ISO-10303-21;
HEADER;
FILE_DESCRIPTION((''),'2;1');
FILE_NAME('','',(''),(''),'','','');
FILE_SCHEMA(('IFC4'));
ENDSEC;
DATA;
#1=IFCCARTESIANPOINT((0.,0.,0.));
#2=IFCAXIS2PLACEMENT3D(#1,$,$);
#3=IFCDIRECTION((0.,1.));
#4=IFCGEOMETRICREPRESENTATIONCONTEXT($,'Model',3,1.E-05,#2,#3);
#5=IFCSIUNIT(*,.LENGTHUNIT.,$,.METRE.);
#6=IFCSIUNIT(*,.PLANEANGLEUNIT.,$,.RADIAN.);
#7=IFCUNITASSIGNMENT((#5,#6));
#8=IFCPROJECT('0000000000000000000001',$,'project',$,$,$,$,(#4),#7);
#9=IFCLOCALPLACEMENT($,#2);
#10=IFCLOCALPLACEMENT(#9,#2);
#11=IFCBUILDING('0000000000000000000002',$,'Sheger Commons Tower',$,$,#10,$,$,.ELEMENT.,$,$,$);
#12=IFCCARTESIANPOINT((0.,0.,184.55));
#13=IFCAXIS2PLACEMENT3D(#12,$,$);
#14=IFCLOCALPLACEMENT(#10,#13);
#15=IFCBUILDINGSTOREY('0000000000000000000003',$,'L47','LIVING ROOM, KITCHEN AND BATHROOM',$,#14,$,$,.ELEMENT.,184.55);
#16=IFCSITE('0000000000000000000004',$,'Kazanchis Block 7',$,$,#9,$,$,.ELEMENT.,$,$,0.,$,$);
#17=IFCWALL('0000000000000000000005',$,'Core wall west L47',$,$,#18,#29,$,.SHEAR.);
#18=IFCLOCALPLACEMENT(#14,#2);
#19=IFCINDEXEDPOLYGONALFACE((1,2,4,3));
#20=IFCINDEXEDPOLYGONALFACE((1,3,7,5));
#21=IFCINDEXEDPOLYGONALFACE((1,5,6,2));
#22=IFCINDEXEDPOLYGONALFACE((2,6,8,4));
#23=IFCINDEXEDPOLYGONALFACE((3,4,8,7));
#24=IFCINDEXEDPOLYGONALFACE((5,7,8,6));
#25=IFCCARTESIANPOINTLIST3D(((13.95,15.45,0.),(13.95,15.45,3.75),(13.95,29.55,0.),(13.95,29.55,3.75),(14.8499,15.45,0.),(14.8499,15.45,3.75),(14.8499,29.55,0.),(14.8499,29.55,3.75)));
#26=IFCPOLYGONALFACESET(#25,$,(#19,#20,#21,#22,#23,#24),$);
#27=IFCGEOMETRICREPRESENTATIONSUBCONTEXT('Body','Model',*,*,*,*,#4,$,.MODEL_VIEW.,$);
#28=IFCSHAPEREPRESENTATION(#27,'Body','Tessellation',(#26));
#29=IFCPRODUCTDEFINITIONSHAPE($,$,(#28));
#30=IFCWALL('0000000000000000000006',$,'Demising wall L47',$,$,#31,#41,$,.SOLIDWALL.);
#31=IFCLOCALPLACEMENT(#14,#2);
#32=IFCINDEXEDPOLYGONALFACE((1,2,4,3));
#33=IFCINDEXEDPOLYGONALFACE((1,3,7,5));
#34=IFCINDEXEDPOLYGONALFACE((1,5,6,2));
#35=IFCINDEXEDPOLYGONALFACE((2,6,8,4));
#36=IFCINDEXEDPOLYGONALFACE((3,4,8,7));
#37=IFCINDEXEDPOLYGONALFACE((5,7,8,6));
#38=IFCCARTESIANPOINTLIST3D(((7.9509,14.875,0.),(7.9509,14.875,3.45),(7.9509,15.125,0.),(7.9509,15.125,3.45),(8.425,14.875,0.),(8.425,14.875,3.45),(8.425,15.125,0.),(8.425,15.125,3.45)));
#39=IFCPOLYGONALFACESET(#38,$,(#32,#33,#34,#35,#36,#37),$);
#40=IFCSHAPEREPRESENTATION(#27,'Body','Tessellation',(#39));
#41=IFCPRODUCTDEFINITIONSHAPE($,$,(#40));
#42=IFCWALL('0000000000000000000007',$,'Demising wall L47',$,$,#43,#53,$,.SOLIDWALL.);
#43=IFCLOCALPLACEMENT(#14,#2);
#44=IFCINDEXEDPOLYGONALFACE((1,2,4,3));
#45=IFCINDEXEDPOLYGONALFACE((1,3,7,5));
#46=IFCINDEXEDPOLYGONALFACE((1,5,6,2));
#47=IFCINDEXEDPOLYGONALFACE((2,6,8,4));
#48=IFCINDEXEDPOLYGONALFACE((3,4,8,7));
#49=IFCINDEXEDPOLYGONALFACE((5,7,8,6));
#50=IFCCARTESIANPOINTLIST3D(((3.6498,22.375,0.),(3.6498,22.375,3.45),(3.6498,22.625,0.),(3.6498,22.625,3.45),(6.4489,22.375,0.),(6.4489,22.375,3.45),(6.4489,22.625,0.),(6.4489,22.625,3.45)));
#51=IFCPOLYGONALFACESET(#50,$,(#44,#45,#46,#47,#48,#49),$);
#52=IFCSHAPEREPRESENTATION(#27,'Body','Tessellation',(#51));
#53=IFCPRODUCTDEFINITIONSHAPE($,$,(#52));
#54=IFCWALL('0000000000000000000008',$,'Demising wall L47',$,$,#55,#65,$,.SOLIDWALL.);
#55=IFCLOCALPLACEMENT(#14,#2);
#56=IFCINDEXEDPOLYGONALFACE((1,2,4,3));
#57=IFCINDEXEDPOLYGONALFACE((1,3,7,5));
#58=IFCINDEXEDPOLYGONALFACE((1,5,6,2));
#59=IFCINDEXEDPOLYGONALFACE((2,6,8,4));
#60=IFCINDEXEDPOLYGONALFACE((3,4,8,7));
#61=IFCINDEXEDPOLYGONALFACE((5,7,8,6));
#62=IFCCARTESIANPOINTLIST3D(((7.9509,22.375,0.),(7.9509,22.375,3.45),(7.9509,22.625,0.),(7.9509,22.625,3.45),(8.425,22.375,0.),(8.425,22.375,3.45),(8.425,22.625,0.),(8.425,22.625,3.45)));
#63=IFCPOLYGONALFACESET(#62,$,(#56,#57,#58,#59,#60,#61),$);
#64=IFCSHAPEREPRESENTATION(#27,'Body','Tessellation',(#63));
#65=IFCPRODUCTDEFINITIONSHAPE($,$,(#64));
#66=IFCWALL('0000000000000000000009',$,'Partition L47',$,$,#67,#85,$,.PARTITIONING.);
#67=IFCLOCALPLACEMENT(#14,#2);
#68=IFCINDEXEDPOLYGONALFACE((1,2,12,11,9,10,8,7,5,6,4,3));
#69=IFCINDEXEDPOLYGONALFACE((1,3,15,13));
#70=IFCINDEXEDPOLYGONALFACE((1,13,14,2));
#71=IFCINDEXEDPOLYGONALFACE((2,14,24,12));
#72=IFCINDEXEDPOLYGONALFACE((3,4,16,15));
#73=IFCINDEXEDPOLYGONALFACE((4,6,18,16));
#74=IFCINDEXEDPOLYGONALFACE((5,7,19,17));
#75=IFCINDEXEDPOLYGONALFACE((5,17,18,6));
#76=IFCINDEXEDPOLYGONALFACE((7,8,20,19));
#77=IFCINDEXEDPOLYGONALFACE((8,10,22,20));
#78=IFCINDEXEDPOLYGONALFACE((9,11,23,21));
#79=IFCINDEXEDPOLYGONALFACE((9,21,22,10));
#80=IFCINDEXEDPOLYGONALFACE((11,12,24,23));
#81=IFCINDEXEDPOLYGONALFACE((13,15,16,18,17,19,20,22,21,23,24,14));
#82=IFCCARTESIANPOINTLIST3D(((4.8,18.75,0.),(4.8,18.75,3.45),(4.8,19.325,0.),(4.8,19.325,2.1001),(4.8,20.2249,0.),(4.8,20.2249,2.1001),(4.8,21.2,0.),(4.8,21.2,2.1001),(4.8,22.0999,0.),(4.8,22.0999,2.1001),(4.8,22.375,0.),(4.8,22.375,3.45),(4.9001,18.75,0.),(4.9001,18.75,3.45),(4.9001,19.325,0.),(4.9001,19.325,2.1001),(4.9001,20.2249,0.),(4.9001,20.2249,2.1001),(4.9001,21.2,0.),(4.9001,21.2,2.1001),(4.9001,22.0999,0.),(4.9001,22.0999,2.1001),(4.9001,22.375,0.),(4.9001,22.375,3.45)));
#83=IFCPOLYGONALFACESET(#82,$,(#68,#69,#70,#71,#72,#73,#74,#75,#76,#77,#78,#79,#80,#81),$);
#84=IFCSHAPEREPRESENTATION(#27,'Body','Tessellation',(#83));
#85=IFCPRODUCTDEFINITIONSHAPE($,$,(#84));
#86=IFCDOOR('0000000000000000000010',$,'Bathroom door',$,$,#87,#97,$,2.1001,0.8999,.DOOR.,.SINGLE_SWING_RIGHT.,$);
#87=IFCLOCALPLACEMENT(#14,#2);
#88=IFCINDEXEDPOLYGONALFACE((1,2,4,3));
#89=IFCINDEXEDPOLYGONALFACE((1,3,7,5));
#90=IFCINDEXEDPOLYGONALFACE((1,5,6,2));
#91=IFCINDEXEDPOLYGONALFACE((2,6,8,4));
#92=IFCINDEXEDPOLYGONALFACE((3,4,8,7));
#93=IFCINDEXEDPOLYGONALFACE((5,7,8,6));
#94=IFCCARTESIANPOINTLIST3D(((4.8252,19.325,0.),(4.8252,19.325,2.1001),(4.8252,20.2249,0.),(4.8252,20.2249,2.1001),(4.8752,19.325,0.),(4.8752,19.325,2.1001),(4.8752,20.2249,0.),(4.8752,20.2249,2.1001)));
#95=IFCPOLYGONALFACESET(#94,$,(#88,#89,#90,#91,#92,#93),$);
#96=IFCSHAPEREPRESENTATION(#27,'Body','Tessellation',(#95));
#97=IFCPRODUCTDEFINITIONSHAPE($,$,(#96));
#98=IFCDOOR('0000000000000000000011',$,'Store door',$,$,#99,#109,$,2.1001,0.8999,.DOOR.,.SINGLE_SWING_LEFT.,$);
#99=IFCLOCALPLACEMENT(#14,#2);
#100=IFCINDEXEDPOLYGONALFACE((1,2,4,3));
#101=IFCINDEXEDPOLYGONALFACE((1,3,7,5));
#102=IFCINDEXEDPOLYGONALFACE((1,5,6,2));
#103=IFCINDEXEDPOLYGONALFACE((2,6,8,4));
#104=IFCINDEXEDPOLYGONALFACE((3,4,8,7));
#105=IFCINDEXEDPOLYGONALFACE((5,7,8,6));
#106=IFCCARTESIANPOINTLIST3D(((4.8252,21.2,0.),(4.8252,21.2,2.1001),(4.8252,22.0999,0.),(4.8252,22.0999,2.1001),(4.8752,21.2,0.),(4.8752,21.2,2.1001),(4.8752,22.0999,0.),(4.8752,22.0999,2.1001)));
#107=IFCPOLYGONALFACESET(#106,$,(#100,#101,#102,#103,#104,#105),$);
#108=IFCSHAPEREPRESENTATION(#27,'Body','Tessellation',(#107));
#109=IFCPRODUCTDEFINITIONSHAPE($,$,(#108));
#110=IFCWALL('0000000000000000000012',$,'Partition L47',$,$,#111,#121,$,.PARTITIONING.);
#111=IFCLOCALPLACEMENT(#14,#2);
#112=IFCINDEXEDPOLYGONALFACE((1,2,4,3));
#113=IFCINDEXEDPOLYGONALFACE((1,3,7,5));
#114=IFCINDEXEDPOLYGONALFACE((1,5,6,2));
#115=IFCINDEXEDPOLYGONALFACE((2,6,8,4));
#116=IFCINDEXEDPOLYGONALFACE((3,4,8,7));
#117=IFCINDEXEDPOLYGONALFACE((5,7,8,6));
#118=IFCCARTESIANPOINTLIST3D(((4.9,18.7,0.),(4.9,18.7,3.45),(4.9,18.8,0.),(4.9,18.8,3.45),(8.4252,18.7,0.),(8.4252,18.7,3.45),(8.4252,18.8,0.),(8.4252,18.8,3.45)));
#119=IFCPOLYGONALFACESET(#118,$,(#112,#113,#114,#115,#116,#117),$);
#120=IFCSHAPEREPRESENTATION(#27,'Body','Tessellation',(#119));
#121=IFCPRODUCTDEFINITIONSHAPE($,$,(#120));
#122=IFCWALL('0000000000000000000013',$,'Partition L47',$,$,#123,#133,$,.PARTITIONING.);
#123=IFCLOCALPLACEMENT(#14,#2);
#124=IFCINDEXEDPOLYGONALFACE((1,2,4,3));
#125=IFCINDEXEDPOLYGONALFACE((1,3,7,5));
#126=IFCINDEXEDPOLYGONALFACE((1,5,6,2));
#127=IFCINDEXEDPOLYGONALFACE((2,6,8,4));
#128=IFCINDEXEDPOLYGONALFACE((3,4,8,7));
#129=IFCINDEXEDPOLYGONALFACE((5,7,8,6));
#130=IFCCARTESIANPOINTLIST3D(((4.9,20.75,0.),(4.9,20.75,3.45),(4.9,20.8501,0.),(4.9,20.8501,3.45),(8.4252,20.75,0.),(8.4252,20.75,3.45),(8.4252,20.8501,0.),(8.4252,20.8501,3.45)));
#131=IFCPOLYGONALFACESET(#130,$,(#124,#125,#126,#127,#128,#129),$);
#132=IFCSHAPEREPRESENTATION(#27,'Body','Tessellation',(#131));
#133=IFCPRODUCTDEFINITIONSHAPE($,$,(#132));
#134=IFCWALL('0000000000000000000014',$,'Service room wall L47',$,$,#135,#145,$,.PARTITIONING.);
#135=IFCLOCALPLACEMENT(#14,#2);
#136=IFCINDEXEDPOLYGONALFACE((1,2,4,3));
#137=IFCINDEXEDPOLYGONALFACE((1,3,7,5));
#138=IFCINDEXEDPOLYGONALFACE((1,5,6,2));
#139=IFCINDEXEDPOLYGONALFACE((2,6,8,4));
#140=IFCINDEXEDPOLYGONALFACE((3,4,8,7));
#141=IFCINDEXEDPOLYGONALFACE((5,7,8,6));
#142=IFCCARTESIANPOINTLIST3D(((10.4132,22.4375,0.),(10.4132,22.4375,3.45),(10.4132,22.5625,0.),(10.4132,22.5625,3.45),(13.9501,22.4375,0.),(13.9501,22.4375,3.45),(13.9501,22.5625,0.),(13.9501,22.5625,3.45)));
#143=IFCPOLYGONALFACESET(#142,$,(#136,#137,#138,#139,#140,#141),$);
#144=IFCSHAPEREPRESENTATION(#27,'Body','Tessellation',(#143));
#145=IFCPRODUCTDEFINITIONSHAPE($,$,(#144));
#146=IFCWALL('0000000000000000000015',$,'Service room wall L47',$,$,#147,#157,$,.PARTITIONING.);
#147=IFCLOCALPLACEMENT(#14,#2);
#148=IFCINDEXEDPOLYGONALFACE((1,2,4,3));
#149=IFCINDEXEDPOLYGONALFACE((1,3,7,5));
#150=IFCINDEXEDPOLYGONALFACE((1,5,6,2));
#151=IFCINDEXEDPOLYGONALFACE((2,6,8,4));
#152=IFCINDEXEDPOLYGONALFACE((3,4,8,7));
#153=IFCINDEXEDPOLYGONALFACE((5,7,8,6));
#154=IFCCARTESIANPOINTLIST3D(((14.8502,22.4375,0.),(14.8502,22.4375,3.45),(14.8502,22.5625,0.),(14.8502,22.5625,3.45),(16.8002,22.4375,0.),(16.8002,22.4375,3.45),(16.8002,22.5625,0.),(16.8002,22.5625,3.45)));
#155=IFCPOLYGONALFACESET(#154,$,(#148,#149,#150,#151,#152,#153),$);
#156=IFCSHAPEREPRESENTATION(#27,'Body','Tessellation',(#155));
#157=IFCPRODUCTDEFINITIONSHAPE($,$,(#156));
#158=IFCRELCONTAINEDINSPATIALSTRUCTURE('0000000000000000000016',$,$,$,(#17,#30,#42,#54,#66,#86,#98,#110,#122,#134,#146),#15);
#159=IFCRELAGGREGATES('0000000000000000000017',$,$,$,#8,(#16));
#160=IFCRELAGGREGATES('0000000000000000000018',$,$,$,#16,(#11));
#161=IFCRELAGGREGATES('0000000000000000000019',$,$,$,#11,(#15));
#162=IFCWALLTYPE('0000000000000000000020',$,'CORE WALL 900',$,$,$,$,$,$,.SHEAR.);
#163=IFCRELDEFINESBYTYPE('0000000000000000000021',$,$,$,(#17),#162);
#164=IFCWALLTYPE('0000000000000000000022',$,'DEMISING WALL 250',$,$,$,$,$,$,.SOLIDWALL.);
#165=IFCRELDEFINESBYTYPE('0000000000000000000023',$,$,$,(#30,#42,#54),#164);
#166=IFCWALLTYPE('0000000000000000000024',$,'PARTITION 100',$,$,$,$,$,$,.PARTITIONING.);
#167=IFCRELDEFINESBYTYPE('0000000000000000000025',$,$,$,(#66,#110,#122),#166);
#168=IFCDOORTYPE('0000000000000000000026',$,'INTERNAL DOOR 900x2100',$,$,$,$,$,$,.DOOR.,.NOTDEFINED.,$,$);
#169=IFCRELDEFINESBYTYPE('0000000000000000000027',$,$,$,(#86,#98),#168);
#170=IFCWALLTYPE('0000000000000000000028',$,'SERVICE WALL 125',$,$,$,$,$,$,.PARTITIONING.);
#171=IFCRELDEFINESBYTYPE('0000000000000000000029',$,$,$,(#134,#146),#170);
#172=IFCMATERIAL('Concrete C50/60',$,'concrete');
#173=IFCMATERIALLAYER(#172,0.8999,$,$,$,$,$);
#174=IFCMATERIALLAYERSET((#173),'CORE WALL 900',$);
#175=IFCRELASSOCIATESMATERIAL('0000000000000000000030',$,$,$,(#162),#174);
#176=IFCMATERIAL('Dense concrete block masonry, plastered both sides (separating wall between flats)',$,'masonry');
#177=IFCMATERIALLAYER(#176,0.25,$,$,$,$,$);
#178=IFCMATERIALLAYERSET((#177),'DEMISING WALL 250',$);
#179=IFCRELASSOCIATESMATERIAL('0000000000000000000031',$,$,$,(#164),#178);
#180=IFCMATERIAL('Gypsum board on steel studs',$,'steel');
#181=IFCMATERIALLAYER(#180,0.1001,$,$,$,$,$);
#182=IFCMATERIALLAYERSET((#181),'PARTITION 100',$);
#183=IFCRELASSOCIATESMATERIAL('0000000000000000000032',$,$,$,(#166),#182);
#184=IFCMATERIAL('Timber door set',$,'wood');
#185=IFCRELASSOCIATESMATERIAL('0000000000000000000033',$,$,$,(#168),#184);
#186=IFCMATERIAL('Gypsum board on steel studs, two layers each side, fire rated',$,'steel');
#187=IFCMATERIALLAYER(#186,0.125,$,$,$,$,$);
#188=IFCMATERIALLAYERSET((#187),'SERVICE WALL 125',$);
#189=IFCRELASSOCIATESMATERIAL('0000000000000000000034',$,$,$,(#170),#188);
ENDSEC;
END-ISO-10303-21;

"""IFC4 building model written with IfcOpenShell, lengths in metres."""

from ifc_helpers import new_model, si_unit, direction, frame, frame_2d, origin, place, context, subcontext, project, spatial, rectangle, extrude, material, layer, layer_set, type_object, element, fill, save


model = new_model("IFC4")

# Units and contexts
model_context = context("Model", 3, precision=1e-05, world=origin(), true_north=direction((0.0, 1.0)))
body_context = subcontext(model_context, "Body", "Model", "MODEL_VIEW")
ifc_project = project(units=[si_unit("LENGTHUNIT", "METRE"), si_unit("PLANEANGLEUNIT", "RADIAN")], contexts=[model_context])

# Site, building, storey
site_placement = place(None, origin())
site = spatial("IfcSite", under=ifc_project, at=site_placement, Name="Kazanchis Block 7", CompositionType="ELEMENT", RefElevation=0.0)
building_placement = place(site_placement, origin())
building = spatial("IfcBuilding", under=site, at=building_placement, Name="Sheger Commons Tower", CompositionType="ELEMENT")
storey_placement = place(building_placement, frame((0.0, 0.0, 184.55)))
storey = spatial("IfcBuildingStorey", under=building, at=storey_placement, Name="L47", Description="LIVING ROOM, KITCHEN AND BATHROOM", CompositionType="ELEMENT", Elevation=184.55)

# Shared definitions
ifc_material_1 = material(Name="Concrete C50/60", Category="concrete")
ifc_layer_1 = layer(ifc_material_1, 0.8999)
ifc_layer_set_1 = layer_set([ifc_layer_1], Name="CORE WALL 900")
wall_type_1 = type_object("IfcWallType", Name="CORE WALL 900", PredefinedType="SHEAR", material=ifc_layer_set_1)

# Walls
wall_1_placement = place(storey_placement, frame((14.3999, 15.45, 0.0), z_axis=(0.0, 0.0, 1.0), x_axis=(0.0, 1.0, 0.0)))
element("IfcWall", 1, at=wall_1_placement, inside=storey, type_object=wall_type_1, Name="Core wall west L47", PredefinedType="SHEAR", context=body_context, shape_type="SweptSolid", body=[
    extrude(rectangle(XDim=14.1001, YDim=0.8999, at=frame_2d((7.05, 0.0))), origin(), (0.0, 0.0, 1.0), 3.75),
])
ifc_material_2 = material(Name="Dense concrete block masonry, plastered both sides (separating wall between flats)", Category="masonry")
ifc_layer_2 = layer(ifc_material_2, 0.25)
ifc_layer_set_2 = layer_set([ifc_layer_2], Name="DEMISING WALL 250")
wall_type_2 = type_object("IfcWallType", Name="DEMISING WALL 250", PredefinedType="SOLIDWALL", material=ifc_layer_set_2)
wall_2_placement = place(storey_placement, frame((7.9509, 15.0, 0.0), z_axis=(0.0, 0.0, 1.0), x_axis=(1.0, 0.0, 0.0)))
element("IfcWall", 2, at=wall_2_placement, inside=storey, type_object=wall_type_2, Name="Demising wall L47", PredefinedType="SOLIDWALL", context=body_context, shape_type="SweptSolid", body=[
    extrude(rectangle(XDim=0.4741, YDim=0.25, at=frame_2d((0.2371, 0.0))), origin(), (0.0, 0.0, 1.0), 3.45),
])
wall_3_placement = place(storey_placement, frame((3.6499, 22.5, 0.0), z_axis=(0.0, 0.0, 1.0), x_axis=(1.0, 0.0, 0.0)))
element("IfcWall", 3, at=wall_3_placement, inside=storey, type_object=wall_type_2, Name="Demising wall L47", PredefinedType="SOLIDWALL", context=body_context, shape_type="SweptSolid", body=[
    extrude(rectangle(XDim=2.7991, YDim=0.25, at=frame_2d((1.3994, 0.0))), origin(), (0.0, 0.0, 1.0), 3.45),
])
wall_4_placement = place(storey_placement, frame((7.9509, 22.5, 0.0), z_axis=(0.0, 0.0, 1.0), x_axis=(1.0, 0.0, 0.0)))
element("IfcWall", 4, at=wall_4_placement, inside=storey, type_object=wall_type_2, Name="Demising wall L47", PredefinedType="SOLIDWALL", context=body_context, shape_type="SweptSolid", body=[
    extrude(rectangle(XDim=0.4741, YDim=0.25, at=frame_2d((0.2371, 0.0))), origin(), (0.0, 0.0, 1.0), 3.45),
])

# Wall, openings, doors
ifc_material_3 = material(Name="Gypsum board on steel studs", Category="steel")
ifc_layer_3 = layer(ifc_material_3, 0.1001)
ifc_layer_set_3 = layer_set([ifc_layer_3], Name="PARTITION 100")
wall_type_3 = type_object("IfcWallType", Name="PARTITION 100", PredefinedType="PARTITIONING", material=ifc_layer_set_3)
wall_5_placement = place(storey_placement, frame((4.8501, 18.75, 0.0), z_axis=(0.0, 0.0, 1.0), x_axis=(0.0, 1.0, 0.0)))
wall_5 = element("IfcWall", 5, at=wall_5_placement, inside=storey, type_object=wall_type_3, Name="Partition L47", PredefinedType="PARTITIONING", context=body_context, shape_type="SweptSolid", body=[
    extrude(rectangle(XDim=3.625, YDim=0.1001, at=frame_2d((1.8125, 0.0))), origin(), (0.0, 0.0, 1.0), 3.45),
])
opening_1_placement = place(wall_5_placement, frame((0.575, 0.0, 0.0)))
opening_1 = element("IfcOpeningElement", 6, at=opening_1_placement, cuts=wall_5, PredefinedType="OPENING", context=body_context, shape_type="SweptSolid", body=[
    extrude(rectangle(XDim=0.8999, YDim=2.1001, at=frame_2d((0.45, 1.05))), frame((0.0, 0.0601, 0.0), z_axis=(0.0, -1.0, 0.0), x_axis=(1.0, 0.0, 0.0)), (0.0, 0.0, 1.0), 0.1201),
])
opening_2_placement = place(wall_5_placement, frame((2.45, 0.0, 0.0)))
opening_2 = element("IfcOpeningElement", 7, at=opening_2_placement, cuts=wall_5, PredefinedType="OPENING", context=body_context, shape_type="SweptSolid", body=[
    extrude(rectangle(XDim=0.8999, YDim=2.1001, at=frame_2d((0.45, 1.05))), frame((0.0, 0.0601, 0.0), z_axis=(0.0, -1.0, 0.0), x_axis=(1.0, 0.0, 0.0)), (0.0, 0.0, 1.0), 0.1201),
])
ifc_material_4 = material(Name="Timber door set", Category="wood")
door_type_1 = type_object("IfcDoorType", Name="INTERNAL DOOR 900x2100", OperationType="NOTDEFINED", PredefinedType="DOOR", material=ifc_material_4)
door_1_placement = place(opening_1_placement, origin())
door_1 = element("IfcDoor", 8, at=door_1_placement, inside=storey, type_object=door_type_1, Name="Bathroom door", OperationType="SINGLE_SWING_RIGHT", OverallHeight=2.1001, OverallWidth=0.8999, PredefinedType="DOOR", context=body_context, shape_type="SweptSolid", body=[
    extrude(rectangle(XDim=0.8999, YDim=2.1001, at=frame_2d((0.45, 1.05))), frame((0.0, 0.0249, 0.0), z_axis=(0.0, -1.0, 0.0), x_axis=(1.0, 0.0, 0.0)), (0.0, 0.0, 1.0), 0.05),
])
fill(opening_1, door_1)
door_2_placement = place(opening_2_placement, origin())
door_2 = element("IfcDoor", 9, at=door_2_placement, inside=storey, type_object=door_type_1, Name="Store door", OperationType="SINGLE_SWING_LEFT", OverallHeight=2.1001, OverallWidth=0.8999, PredefinedType="DOOR", context=body_context, shape_type="SweptSolid", body=[
    extrude(rectangle(XDim=0.8999, YDim=2.1001, at=frame_2d((0.45, 1.05))), frame((0.0, 0.0249, 0.0), z_axis=(0.0, -1.0, 0.0), x_axis=(1.0, 0.0, 0.0)), (0.0, 0.0, 1.0), 0.05),
])
fill(opening_2, door_2)

# Walls
for number, where, z_axis, x_axis, name in (
    (10, (4.8999, 18.75, 0.0), (0.0, 0.0, 1.0), (1.0, 0.0, 0.0), "Partition L47"),
    (11, (4.8999, 20.8, 0.0), (0.0, 0.0, 1.0), (1.0, 0.0, 0.0), "Partition L47"),
):
    element("IfcWall", number, at=place(storey_placement, frame(where, z_axis=z_axis, x_axis=x_axis)), inside=storey, type_object=wall_type_3, Name=name, PredefinedType="PARTITIONING", context=body_context, shape_type="SweptSolid", body=[
        extrude(rectangle(XDim=3.5251, YDim=0.1001, at=frame_2d((1.7627, 0.0))), origin(), (0.0, 0.0, 1.0), 3.45),
    ])
ifc_material_5 = material(Name="Gypsum board on steel studs, two layers each side, fire rated", Category="steel")
ifc_layer_4 = layer(ifc_material_5, 0.125)
ifc_layer_set_4 = layer_set([ifc_layer_4], Name="SERVICE WALL 125")
wall_type_4 = type_object("IfcWallType", Name="SERVICE WALL 125", PredefinedType="PARTITIONING", material=ifc_layer_set_4)
wall_6_placement = place(storey_placement, frame((10.4131, 22.5, 0.0), z_axis=(0.0, 0.0, 1.0), x_axis=(1.0, 0.0, 0.0)))
element("IfcWall", 12, at=wall_6_placement, inside=storey, type_object=wall_type_4, Name="Service room wall L47", PredefinedType="PARTITIONING", context=body_context, shape_type="SweptSolid", body=[
    extrude(rectangle(XDim=3.5369, YDim=0.125, at=frame_2d((1.7686, 0.0))), origin(), (0.0, 0.0, 1.0), 3.45),
])
wall_7_placement = place(storey_placement, frame((14.8501, 22.5, 0.0), z_axis=(0.0, 0.0, 1.0), x_axis=(1.0, 0.0, 0.0)))
element("IfcWall", 13, at=wall_7_placement, inside=storey, type_object=wall_type_4, Name="Service room wall L47", PredefinedType="PARTITIONING", context=body_context, shape_type="SweptSolid", body=[
    extrude(rectangle(XDim=1.95, YDim=0.125, at=frame_2d((0.9751, 0.0))), origin(), (0.0, 0.0, 1.0), 3.45),
])

save(model, "model.ifc")
